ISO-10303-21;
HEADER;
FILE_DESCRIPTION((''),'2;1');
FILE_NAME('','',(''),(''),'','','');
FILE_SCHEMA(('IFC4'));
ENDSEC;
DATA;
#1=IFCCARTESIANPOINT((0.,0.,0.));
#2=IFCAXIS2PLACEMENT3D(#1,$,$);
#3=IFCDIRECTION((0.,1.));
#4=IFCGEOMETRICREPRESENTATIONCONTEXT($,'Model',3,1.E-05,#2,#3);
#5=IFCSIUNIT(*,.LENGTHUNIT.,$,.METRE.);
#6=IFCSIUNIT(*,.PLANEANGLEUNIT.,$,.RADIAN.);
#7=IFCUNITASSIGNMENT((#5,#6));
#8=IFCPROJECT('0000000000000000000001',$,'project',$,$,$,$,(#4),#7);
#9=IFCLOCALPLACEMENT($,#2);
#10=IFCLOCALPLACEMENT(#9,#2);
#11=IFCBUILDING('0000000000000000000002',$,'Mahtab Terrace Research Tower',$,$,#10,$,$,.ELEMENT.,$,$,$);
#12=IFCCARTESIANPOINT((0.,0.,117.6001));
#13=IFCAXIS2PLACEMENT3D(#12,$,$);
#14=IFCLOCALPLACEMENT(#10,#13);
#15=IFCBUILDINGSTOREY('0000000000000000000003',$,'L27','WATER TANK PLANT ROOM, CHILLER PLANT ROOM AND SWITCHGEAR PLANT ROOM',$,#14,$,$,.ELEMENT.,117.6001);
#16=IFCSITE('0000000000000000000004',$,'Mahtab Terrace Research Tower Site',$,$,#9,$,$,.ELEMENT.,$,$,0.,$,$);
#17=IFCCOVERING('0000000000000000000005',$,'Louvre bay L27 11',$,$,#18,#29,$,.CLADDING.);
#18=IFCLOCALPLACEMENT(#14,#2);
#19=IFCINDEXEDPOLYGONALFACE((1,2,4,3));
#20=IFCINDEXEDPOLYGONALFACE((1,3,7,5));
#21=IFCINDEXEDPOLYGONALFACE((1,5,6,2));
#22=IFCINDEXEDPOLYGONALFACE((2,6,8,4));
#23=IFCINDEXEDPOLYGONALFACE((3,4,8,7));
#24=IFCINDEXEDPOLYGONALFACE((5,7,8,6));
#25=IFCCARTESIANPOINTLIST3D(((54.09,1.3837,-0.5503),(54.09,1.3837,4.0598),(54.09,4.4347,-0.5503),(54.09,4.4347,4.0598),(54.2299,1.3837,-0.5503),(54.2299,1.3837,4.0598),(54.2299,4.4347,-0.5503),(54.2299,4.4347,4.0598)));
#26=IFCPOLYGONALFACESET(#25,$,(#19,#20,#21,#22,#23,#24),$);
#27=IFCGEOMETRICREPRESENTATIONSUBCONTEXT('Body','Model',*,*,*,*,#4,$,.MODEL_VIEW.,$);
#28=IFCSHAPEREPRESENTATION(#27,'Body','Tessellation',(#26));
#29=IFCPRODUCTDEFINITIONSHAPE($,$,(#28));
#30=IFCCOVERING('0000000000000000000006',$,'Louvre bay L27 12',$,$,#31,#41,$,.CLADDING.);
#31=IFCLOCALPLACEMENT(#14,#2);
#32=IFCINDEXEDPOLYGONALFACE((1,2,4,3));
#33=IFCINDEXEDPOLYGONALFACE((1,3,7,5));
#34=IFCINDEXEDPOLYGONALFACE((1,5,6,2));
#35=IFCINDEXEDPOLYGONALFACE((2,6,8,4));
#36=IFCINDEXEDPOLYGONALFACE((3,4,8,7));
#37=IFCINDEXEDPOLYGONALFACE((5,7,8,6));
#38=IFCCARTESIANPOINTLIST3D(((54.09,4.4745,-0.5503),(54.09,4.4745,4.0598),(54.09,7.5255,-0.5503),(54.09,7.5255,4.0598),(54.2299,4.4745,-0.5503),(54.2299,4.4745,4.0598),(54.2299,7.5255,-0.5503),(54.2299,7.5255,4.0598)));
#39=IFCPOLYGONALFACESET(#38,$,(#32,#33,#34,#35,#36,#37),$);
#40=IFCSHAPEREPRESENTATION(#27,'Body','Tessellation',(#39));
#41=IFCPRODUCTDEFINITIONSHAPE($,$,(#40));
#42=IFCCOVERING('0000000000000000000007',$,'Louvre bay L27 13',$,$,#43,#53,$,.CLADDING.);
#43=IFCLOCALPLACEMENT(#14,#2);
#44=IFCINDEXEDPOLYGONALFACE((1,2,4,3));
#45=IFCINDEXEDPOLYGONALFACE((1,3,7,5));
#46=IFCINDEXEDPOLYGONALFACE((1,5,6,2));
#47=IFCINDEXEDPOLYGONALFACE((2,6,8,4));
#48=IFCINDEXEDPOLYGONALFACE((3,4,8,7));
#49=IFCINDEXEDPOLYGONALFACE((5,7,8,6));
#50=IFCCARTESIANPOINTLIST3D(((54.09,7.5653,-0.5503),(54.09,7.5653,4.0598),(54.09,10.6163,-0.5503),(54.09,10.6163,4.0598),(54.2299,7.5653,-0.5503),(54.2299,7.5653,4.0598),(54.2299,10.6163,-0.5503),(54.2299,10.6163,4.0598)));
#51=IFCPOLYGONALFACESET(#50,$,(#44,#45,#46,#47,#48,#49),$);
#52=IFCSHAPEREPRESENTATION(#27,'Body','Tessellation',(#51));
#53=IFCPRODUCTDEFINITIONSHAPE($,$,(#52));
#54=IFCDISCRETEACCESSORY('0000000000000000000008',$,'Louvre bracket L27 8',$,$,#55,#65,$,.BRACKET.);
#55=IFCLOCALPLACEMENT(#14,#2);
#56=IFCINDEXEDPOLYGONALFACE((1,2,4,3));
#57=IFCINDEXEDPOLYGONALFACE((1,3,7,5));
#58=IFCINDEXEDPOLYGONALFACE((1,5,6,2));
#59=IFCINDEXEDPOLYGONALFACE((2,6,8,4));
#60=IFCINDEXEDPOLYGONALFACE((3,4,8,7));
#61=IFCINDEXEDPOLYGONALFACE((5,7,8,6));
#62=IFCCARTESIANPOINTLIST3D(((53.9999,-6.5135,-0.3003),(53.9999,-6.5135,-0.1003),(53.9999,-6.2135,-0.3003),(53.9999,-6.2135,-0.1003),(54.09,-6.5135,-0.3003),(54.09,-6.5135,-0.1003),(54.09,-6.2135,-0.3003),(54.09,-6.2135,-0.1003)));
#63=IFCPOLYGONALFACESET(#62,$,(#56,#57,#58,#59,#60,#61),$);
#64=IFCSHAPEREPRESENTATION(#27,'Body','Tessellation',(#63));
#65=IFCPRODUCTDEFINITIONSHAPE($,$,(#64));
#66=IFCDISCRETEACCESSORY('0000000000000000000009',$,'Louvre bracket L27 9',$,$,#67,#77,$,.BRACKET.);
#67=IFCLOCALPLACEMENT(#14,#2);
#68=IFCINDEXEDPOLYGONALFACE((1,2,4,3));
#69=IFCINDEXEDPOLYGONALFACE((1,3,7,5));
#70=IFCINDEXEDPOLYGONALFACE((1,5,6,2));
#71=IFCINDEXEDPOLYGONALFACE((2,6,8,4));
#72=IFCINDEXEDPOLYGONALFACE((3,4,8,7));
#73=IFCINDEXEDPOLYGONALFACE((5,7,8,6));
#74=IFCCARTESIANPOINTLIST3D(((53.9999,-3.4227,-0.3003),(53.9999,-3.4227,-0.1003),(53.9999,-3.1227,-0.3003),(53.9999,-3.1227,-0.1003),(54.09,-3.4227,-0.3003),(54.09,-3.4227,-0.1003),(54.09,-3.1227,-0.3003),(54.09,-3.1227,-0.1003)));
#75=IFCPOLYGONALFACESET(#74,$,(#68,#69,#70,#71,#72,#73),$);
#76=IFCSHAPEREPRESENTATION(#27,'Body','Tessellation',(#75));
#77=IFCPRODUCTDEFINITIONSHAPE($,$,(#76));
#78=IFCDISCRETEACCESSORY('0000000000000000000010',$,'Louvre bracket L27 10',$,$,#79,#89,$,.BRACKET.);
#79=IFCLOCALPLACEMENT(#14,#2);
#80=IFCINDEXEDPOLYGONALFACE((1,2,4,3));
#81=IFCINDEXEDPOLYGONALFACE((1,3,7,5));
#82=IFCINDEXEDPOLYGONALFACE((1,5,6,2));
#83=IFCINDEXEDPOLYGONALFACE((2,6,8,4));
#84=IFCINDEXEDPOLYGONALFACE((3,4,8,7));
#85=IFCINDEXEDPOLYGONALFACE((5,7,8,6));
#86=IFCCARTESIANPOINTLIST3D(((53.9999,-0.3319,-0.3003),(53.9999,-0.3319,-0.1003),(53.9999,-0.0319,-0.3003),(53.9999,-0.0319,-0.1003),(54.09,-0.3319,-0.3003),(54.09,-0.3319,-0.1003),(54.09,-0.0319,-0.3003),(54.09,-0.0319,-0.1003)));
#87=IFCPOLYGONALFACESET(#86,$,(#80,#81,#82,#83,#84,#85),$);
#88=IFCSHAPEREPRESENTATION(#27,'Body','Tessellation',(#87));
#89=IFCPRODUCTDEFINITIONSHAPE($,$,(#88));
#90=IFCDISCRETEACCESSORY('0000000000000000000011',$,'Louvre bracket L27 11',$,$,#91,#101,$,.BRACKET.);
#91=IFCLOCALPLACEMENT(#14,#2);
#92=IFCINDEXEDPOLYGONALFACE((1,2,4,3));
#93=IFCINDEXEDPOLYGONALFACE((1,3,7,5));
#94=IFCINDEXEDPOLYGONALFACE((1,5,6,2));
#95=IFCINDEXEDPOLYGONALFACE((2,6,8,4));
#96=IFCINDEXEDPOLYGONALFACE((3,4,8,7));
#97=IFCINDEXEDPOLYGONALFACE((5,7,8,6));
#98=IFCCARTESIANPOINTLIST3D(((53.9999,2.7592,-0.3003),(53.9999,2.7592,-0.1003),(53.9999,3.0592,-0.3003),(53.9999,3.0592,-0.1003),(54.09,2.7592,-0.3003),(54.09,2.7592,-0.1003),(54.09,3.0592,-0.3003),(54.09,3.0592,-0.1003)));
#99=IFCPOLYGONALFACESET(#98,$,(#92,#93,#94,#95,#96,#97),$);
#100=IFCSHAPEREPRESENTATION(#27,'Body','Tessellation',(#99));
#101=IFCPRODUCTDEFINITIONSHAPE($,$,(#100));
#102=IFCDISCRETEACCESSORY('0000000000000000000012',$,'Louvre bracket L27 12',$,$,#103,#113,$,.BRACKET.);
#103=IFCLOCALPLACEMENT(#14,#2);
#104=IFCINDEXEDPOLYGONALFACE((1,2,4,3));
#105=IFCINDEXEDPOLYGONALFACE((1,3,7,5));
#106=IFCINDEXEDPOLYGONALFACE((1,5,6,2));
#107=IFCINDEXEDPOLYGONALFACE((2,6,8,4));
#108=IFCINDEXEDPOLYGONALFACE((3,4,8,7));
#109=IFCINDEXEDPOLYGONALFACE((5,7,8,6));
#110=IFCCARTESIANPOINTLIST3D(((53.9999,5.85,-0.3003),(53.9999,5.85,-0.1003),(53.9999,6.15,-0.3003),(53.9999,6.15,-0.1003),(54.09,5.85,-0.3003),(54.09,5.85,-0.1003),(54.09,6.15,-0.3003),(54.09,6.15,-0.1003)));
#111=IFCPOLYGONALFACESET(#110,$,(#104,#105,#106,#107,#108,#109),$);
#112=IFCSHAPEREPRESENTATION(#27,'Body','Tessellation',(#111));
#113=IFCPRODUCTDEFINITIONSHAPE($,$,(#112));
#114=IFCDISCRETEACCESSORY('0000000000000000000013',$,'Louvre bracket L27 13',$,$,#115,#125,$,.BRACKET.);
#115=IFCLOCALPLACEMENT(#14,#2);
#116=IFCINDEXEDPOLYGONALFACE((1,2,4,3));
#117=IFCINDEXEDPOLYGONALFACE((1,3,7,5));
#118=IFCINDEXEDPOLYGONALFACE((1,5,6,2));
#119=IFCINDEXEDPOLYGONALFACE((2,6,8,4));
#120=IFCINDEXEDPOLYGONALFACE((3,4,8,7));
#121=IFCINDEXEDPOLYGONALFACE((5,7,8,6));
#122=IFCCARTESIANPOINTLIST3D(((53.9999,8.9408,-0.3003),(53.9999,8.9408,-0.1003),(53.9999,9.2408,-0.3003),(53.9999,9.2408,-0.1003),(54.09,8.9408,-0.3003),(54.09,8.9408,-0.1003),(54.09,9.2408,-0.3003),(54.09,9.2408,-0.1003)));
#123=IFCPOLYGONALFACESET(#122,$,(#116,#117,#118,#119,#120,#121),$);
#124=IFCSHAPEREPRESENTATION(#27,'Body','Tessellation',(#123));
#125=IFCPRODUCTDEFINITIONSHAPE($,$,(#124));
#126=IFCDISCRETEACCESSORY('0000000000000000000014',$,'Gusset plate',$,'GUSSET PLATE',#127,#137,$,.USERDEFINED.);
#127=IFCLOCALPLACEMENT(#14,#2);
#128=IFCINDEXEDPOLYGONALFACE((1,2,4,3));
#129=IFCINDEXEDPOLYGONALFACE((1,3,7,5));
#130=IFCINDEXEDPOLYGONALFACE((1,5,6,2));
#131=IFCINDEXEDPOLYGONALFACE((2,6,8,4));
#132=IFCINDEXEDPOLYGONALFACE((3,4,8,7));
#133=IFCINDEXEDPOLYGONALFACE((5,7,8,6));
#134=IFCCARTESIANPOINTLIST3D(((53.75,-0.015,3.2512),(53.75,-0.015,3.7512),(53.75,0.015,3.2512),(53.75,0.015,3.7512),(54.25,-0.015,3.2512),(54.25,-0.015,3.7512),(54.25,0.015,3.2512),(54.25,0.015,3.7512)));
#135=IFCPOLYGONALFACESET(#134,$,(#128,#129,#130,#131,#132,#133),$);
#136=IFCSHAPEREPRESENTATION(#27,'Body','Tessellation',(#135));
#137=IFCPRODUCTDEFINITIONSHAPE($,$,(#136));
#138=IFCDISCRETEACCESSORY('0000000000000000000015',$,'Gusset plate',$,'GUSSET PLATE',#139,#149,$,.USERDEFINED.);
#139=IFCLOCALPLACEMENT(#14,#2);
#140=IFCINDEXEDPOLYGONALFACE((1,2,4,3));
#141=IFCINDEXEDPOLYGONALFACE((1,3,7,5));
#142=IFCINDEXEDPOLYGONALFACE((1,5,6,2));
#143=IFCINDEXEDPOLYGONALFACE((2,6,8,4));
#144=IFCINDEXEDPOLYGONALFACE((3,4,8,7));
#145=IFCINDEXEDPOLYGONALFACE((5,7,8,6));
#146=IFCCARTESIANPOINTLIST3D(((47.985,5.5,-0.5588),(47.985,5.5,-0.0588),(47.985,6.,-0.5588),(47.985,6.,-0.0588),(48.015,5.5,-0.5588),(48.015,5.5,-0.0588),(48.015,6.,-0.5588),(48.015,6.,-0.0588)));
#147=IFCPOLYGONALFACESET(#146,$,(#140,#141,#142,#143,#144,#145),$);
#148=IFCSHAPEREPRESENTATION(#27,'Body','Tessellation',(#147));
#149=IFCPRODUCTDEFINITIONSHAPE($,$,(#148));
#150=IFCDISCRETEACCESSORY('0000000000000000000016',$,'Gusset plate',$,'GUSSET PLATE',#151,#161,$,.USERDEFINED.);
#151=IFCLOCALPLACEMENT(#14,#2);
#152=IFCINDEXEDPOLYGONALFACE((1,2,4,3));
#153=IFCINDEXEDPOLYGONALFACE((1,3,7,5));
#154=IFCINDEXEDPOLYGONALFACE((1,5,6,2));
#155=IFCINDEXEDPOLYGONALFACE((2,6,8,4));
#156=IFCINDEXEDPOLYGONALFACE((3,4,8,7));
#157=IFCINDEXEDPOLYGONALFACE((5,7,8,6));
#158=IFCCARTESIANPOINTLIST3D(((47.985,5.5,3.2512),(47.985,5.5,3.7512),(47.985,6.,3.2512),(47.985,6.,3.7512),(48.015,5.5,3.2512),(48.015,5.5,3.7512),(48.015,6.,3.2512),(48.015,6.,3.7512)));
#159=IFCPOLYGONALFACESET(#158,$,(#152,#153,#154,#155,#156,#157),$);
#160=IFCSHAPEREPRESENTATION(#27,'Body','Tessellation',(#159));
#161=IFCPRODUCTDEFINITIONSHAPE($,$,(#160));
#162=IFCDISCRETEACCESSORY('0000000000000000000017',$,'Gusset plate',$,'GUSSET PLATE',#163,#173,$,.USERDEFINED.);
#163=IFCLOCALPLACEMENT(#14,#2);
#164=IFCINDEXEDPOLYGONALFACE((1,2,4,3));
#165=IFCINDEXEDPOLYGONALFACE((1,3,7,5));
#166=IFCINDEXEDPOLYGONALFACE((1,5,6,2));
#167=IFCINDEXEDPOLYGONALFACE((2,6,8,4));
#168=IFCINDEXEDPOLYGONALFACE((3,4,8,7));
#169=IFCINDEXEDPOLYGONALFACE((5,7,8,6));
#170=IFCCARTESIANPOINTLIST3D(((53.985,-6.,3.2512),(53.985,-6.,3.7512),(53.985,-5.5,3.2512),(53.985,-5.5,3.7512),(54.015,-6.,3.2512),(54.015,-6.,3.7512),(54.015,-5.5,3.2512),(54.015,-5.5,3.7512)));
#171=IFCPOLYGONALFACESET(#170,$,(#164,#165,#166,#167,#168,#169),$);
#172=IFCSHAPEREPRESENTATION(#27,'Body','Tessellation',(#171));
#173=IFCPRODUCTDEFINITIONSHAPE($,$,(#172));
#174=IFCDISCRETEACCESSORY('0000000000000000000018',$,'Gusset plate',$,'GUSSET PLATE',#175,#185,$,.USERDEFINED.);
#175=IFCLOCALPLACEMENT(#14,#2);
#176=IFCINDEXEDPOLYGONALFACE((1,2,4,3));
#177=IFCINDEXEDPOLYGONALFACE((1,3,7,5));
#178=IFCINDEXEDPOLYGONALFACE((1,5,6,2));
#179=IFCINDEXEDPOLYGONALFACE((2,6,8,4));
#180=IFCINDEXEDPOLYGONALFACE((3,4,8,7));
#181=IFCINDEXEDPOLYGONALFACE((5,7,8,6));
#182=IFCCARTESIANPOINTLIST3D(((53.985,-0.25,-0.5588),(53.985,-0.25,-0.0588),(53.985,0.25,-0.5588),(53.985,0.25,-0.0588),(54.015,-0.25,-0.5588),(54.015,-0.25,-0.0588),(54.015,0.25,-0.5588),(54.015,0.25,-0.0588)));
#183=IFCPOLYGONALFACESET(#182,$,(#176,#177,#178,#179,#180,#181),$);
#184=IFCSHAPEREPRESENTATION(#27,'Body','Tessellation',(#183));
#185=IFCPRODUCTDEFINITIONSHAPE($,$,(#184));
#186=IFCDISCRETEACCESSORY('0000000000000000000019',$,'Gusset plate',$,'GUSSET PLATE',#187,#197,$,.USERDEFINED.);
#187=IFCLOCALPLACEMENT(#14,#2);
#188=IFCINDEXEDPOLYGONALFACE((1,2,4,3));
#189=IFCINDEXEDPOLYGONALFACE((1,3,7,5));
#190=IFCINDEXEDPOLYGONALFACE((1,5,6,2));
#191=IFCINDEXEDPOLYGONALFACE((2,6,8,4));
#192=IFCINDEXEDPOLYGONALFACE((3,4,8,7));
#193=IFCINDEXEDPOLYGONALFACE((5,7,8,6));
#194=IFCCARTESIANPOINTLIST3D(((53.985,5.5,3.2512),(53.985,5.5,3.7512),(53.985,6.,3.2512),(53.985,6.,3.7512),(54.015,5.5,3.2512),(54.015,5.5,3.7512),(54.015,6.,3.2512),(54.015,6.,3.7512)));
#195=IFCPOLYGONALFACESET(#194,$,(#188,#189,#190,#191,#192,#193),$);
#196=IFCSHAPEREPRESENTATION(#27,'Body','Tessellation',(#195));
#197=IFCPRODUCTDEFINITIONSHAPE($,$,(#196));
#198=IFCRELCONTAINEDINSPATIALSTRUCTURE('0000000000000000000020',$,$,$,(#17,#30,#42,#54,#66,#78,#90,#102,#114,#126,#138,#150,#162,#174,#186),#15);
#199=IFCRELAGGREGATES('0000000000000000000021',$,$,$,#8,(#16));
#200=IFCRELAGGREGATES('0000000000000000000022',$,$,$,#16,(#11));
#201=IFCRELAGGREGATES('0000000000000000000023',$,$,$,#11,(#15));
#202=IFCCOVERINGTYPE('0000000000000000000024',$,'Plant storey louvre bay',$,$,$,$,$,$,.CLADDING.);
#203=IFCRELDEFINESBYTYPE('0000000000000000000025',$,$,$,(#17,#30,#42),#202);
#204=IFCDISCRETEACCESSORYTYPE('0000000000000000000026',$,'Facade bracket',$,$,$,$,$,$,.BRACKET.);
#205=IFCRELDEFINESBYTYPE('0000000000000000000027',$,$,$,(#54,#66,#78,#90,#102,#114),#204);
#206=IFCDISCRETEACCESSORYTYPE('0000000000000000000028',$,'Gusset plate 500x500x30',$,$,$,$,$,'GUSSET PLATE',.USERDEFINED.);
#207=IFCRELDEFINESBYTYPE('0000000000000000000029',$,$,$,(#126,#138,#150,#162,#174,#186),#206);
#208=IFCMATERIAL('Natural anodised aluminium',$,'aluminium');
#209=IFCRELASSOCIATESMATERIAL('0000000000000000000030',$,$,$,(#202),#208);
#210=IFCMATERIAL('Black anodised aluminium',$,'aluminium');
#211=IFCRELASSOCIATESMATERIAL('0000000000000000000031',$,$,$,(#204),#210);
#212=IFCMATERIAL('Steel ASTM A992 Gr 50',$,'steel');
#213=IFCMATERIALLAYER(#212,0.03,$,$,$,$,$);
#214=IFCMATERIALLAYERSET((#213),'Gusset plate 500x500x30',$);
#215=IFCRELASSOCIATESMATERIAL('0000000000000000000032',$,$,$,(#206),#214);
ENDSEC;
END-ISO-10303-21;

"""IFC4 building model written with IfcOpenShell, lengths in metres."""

from ifc_helpers import new_model, si_unit, direction, frame, origin, origin_2d, place, context, subcontext, project, spatial, rectangle, extrude, material, layer, layer_set, type_object, element, save


model = new_model("IFC4")

# Units and contexts
model_context = context("Model", 3, precision=1e-05, world=origin(), true_north=direction((0.0, 1.0)))
body_context = subcontext(model_context, "Body", "Model", "MODEL_VIEW")
ifc_project = project(units=[si_unit("LENGTHUNIT", "METRE"), si_unit("PLANEANGLEUNIT", "RADIAN")], contexts=[model_context])

# Site, building, storey
site_placement = place(None, origin())
site = spatial("IfcSite", under=ifc_project, at=site_placement, Name="Mahtab Terrace Research Tower Site", CompositionType="ELEMENT", RefElevation=0.0)
building_placement = place(site_placement, origin())
building = spatial("IfcBuilding", under=site, at=building_placement, Name="Mahtab Terrace Research Tower", CompositionType="ELEMENT")
storey_placement = place(building_placement, frame((0.0, 0.0, 117.6001)))
storey = spatial("IfcBuildingStorey", under=building, at=storey_placement, Name="L27", Description="WATER TANK PLANT ROOM, CHILLER PLANT ROOM AND SWITCHGEAR PLANT ROOM", CompositionType="ELEMENT", Elevation=117.6001)

# Shared definitions
ifc_material_1 = material(Name="Steel ASTM A992 Gr 50", Category="steel")

# Coverings
ifc_material_2 = material(Name="Natural anodised aluminium", Category="aluminium")
covering_type = type_object("IfcCoveringType", Name="Plant storey louvre bay", PredefinedType="CLADDING", material=ifc_material_2)
for number, where, z_axis, x_axis, name in (
    (1, (54.1599, 2.9092, -0.5503), (0.0, 0.0, 1.0), (0.0, 1.0, 0.0), "Louvre bay L27 11"),
    (2, (54.1599, 6.0, -0.5503), (0.0, 0.0, 1.0), (0.0, 1.0, 0.0), "Louvre bay L27 12"),
    (3, (54.1599, 9.0908, -0.5503), (0.0, 0.0, 1.0), (0.0, 1.0, 0.0), "Louvre bay L27 13"),
):
    element("IfcCovering", number, at=place(storey_placement, frame(where, z_axis=z_axis, x_axis=x_axis)), inside=storey, type_object=covering_type, Name=name, PredefinedType="CLADDING", context=body_context, shape_type="SweptSolid", body=[
        extrude(rectangle(XDim=3.051, YDim=0.1399, at=origin_2d()), origin(), (0.0, 0.0, 1.0), 4.6101),
    ])

# Discrete accessories
ifc_material_3 = material(Name="Black anodised aluminium", Category="aluminium")
discrete_accessory_type_1 = type_object("IfcDiscreteAccessoryType", Name="Facade bracket", PredefinedType="BRACKET", material=ifc_material_3)
for number, where, z_axis, x_axis, name in (
    (4, (54.0449, -6.3635, -0.3003), (0.0, 0.0, 1.0), (0.0, 1.0, 0.0), "Louvre bracket L27 8"),
    (5, (54.0449, -3.2727, -0.3003), (0.0, 0.0, 1.0), (0.0, 1.0, 0.0), "Louvre bracket L27 9"),
    (6, (54.0449, -0.1819, -0.3003), (0.0, 0.0, 1.0), (0.0, 1.0, 0.0), "Louvre bracket L27 10"),
    (7, (54.0449, 2.9092, -0.3003), (0.0, 0.0, 1.0), (0.0, 1.0, 0.0), "Louvre bracket L27 11"),
    (8, (54.0449, 6.0, -0.3003), (0.0, 0.0, 1.0), (0.0, 1.0, 0.0), "Louvre bracket L27 12"),
    (9, (54.0449, 9.0908, -0.3003), (0.0, 0.0, 1.0), (0.0, 1.0, 0.0), "Louvre bracket L27 13"),
):
    element("IfcDiscreteAccessory", number, at=place(storey_placement, frame(where, z_axis=z_axis, x_axis=x_axis)), inside=storey, type_object=discrete_accessory_type_1, Name=name, PredefinedType="BRACKET", context=body_context, shape_type="SweptSolid", body=[
        extrude(rectangle(XDim=0.3, YDim=0.0901, at=origin_2d()), origin(), (0.0, 0.0, 1.0), 0.2),
    ])
ifc_layer = layer(ifc_material_1, 0.03)
ifc_layer_set = layer_set([ifc_layer], Name="Gusset plate 500x500x30")
discrete_accessory_type_2 = type_object("IfcDiscreteAccessoryType", Name="Gusset plate 500x500x30", ElementType="GUSSET PLATE", PredefinedType="USERDEFINED", material=ifc_layer_set)
for number, where, z_axis, x_axis, name in (
    (10, (54.0, 0.0, 3.2512), (0.0, 0.0, 1.0), (1.0, 0.0, 0.0), "Gusset plate"),
    (11, (48.0, 5.75, -0.5588), (0.0, 0.0, 1.0), (0.0, 1.0, 0.0), "Gusset plate"),
    (12, (48.0, 5.75, 3.2512), (0.0, 0.0, 1.0), (0.0, 1.0, 0.0), "Gusset plate"),
    (13, (54.0, -5.75, 3.2512), (0.0, 0.0, 1.0), (0.0, 1.0, 0.0), "Gusset plate"),
    (14, (54.0, 0.0, -0.5588), (0.0, 0.0, 1.0), (0.0, 1.0, 0.0), "Gusset plate"),
    (15, (54.0, 5.75, 3.2512), (0.0, 0.0, 1.0), (0.0, 1.0, 0.0), "Gusset plate"),
):
    element("IfcDiscreteAccessory", number, at=place(storey_placement, frame(where, z_axis=z_axis, x_axis=x_axis)), inside=storey, type_object=discrete_accessory_type_2, Name=name, ObjectType="GUSSET PLATE", PredefinedType="USERDEFINED", context=body_context, shape_type="SweptSolid", body=[
        extrude(rectangle(XDim=0.5, YDim=0.03, at=origin_2d()), origin(), (0.0, 0.0, 1.0), 0.5),
    ])

save(model, "model.ifc")
